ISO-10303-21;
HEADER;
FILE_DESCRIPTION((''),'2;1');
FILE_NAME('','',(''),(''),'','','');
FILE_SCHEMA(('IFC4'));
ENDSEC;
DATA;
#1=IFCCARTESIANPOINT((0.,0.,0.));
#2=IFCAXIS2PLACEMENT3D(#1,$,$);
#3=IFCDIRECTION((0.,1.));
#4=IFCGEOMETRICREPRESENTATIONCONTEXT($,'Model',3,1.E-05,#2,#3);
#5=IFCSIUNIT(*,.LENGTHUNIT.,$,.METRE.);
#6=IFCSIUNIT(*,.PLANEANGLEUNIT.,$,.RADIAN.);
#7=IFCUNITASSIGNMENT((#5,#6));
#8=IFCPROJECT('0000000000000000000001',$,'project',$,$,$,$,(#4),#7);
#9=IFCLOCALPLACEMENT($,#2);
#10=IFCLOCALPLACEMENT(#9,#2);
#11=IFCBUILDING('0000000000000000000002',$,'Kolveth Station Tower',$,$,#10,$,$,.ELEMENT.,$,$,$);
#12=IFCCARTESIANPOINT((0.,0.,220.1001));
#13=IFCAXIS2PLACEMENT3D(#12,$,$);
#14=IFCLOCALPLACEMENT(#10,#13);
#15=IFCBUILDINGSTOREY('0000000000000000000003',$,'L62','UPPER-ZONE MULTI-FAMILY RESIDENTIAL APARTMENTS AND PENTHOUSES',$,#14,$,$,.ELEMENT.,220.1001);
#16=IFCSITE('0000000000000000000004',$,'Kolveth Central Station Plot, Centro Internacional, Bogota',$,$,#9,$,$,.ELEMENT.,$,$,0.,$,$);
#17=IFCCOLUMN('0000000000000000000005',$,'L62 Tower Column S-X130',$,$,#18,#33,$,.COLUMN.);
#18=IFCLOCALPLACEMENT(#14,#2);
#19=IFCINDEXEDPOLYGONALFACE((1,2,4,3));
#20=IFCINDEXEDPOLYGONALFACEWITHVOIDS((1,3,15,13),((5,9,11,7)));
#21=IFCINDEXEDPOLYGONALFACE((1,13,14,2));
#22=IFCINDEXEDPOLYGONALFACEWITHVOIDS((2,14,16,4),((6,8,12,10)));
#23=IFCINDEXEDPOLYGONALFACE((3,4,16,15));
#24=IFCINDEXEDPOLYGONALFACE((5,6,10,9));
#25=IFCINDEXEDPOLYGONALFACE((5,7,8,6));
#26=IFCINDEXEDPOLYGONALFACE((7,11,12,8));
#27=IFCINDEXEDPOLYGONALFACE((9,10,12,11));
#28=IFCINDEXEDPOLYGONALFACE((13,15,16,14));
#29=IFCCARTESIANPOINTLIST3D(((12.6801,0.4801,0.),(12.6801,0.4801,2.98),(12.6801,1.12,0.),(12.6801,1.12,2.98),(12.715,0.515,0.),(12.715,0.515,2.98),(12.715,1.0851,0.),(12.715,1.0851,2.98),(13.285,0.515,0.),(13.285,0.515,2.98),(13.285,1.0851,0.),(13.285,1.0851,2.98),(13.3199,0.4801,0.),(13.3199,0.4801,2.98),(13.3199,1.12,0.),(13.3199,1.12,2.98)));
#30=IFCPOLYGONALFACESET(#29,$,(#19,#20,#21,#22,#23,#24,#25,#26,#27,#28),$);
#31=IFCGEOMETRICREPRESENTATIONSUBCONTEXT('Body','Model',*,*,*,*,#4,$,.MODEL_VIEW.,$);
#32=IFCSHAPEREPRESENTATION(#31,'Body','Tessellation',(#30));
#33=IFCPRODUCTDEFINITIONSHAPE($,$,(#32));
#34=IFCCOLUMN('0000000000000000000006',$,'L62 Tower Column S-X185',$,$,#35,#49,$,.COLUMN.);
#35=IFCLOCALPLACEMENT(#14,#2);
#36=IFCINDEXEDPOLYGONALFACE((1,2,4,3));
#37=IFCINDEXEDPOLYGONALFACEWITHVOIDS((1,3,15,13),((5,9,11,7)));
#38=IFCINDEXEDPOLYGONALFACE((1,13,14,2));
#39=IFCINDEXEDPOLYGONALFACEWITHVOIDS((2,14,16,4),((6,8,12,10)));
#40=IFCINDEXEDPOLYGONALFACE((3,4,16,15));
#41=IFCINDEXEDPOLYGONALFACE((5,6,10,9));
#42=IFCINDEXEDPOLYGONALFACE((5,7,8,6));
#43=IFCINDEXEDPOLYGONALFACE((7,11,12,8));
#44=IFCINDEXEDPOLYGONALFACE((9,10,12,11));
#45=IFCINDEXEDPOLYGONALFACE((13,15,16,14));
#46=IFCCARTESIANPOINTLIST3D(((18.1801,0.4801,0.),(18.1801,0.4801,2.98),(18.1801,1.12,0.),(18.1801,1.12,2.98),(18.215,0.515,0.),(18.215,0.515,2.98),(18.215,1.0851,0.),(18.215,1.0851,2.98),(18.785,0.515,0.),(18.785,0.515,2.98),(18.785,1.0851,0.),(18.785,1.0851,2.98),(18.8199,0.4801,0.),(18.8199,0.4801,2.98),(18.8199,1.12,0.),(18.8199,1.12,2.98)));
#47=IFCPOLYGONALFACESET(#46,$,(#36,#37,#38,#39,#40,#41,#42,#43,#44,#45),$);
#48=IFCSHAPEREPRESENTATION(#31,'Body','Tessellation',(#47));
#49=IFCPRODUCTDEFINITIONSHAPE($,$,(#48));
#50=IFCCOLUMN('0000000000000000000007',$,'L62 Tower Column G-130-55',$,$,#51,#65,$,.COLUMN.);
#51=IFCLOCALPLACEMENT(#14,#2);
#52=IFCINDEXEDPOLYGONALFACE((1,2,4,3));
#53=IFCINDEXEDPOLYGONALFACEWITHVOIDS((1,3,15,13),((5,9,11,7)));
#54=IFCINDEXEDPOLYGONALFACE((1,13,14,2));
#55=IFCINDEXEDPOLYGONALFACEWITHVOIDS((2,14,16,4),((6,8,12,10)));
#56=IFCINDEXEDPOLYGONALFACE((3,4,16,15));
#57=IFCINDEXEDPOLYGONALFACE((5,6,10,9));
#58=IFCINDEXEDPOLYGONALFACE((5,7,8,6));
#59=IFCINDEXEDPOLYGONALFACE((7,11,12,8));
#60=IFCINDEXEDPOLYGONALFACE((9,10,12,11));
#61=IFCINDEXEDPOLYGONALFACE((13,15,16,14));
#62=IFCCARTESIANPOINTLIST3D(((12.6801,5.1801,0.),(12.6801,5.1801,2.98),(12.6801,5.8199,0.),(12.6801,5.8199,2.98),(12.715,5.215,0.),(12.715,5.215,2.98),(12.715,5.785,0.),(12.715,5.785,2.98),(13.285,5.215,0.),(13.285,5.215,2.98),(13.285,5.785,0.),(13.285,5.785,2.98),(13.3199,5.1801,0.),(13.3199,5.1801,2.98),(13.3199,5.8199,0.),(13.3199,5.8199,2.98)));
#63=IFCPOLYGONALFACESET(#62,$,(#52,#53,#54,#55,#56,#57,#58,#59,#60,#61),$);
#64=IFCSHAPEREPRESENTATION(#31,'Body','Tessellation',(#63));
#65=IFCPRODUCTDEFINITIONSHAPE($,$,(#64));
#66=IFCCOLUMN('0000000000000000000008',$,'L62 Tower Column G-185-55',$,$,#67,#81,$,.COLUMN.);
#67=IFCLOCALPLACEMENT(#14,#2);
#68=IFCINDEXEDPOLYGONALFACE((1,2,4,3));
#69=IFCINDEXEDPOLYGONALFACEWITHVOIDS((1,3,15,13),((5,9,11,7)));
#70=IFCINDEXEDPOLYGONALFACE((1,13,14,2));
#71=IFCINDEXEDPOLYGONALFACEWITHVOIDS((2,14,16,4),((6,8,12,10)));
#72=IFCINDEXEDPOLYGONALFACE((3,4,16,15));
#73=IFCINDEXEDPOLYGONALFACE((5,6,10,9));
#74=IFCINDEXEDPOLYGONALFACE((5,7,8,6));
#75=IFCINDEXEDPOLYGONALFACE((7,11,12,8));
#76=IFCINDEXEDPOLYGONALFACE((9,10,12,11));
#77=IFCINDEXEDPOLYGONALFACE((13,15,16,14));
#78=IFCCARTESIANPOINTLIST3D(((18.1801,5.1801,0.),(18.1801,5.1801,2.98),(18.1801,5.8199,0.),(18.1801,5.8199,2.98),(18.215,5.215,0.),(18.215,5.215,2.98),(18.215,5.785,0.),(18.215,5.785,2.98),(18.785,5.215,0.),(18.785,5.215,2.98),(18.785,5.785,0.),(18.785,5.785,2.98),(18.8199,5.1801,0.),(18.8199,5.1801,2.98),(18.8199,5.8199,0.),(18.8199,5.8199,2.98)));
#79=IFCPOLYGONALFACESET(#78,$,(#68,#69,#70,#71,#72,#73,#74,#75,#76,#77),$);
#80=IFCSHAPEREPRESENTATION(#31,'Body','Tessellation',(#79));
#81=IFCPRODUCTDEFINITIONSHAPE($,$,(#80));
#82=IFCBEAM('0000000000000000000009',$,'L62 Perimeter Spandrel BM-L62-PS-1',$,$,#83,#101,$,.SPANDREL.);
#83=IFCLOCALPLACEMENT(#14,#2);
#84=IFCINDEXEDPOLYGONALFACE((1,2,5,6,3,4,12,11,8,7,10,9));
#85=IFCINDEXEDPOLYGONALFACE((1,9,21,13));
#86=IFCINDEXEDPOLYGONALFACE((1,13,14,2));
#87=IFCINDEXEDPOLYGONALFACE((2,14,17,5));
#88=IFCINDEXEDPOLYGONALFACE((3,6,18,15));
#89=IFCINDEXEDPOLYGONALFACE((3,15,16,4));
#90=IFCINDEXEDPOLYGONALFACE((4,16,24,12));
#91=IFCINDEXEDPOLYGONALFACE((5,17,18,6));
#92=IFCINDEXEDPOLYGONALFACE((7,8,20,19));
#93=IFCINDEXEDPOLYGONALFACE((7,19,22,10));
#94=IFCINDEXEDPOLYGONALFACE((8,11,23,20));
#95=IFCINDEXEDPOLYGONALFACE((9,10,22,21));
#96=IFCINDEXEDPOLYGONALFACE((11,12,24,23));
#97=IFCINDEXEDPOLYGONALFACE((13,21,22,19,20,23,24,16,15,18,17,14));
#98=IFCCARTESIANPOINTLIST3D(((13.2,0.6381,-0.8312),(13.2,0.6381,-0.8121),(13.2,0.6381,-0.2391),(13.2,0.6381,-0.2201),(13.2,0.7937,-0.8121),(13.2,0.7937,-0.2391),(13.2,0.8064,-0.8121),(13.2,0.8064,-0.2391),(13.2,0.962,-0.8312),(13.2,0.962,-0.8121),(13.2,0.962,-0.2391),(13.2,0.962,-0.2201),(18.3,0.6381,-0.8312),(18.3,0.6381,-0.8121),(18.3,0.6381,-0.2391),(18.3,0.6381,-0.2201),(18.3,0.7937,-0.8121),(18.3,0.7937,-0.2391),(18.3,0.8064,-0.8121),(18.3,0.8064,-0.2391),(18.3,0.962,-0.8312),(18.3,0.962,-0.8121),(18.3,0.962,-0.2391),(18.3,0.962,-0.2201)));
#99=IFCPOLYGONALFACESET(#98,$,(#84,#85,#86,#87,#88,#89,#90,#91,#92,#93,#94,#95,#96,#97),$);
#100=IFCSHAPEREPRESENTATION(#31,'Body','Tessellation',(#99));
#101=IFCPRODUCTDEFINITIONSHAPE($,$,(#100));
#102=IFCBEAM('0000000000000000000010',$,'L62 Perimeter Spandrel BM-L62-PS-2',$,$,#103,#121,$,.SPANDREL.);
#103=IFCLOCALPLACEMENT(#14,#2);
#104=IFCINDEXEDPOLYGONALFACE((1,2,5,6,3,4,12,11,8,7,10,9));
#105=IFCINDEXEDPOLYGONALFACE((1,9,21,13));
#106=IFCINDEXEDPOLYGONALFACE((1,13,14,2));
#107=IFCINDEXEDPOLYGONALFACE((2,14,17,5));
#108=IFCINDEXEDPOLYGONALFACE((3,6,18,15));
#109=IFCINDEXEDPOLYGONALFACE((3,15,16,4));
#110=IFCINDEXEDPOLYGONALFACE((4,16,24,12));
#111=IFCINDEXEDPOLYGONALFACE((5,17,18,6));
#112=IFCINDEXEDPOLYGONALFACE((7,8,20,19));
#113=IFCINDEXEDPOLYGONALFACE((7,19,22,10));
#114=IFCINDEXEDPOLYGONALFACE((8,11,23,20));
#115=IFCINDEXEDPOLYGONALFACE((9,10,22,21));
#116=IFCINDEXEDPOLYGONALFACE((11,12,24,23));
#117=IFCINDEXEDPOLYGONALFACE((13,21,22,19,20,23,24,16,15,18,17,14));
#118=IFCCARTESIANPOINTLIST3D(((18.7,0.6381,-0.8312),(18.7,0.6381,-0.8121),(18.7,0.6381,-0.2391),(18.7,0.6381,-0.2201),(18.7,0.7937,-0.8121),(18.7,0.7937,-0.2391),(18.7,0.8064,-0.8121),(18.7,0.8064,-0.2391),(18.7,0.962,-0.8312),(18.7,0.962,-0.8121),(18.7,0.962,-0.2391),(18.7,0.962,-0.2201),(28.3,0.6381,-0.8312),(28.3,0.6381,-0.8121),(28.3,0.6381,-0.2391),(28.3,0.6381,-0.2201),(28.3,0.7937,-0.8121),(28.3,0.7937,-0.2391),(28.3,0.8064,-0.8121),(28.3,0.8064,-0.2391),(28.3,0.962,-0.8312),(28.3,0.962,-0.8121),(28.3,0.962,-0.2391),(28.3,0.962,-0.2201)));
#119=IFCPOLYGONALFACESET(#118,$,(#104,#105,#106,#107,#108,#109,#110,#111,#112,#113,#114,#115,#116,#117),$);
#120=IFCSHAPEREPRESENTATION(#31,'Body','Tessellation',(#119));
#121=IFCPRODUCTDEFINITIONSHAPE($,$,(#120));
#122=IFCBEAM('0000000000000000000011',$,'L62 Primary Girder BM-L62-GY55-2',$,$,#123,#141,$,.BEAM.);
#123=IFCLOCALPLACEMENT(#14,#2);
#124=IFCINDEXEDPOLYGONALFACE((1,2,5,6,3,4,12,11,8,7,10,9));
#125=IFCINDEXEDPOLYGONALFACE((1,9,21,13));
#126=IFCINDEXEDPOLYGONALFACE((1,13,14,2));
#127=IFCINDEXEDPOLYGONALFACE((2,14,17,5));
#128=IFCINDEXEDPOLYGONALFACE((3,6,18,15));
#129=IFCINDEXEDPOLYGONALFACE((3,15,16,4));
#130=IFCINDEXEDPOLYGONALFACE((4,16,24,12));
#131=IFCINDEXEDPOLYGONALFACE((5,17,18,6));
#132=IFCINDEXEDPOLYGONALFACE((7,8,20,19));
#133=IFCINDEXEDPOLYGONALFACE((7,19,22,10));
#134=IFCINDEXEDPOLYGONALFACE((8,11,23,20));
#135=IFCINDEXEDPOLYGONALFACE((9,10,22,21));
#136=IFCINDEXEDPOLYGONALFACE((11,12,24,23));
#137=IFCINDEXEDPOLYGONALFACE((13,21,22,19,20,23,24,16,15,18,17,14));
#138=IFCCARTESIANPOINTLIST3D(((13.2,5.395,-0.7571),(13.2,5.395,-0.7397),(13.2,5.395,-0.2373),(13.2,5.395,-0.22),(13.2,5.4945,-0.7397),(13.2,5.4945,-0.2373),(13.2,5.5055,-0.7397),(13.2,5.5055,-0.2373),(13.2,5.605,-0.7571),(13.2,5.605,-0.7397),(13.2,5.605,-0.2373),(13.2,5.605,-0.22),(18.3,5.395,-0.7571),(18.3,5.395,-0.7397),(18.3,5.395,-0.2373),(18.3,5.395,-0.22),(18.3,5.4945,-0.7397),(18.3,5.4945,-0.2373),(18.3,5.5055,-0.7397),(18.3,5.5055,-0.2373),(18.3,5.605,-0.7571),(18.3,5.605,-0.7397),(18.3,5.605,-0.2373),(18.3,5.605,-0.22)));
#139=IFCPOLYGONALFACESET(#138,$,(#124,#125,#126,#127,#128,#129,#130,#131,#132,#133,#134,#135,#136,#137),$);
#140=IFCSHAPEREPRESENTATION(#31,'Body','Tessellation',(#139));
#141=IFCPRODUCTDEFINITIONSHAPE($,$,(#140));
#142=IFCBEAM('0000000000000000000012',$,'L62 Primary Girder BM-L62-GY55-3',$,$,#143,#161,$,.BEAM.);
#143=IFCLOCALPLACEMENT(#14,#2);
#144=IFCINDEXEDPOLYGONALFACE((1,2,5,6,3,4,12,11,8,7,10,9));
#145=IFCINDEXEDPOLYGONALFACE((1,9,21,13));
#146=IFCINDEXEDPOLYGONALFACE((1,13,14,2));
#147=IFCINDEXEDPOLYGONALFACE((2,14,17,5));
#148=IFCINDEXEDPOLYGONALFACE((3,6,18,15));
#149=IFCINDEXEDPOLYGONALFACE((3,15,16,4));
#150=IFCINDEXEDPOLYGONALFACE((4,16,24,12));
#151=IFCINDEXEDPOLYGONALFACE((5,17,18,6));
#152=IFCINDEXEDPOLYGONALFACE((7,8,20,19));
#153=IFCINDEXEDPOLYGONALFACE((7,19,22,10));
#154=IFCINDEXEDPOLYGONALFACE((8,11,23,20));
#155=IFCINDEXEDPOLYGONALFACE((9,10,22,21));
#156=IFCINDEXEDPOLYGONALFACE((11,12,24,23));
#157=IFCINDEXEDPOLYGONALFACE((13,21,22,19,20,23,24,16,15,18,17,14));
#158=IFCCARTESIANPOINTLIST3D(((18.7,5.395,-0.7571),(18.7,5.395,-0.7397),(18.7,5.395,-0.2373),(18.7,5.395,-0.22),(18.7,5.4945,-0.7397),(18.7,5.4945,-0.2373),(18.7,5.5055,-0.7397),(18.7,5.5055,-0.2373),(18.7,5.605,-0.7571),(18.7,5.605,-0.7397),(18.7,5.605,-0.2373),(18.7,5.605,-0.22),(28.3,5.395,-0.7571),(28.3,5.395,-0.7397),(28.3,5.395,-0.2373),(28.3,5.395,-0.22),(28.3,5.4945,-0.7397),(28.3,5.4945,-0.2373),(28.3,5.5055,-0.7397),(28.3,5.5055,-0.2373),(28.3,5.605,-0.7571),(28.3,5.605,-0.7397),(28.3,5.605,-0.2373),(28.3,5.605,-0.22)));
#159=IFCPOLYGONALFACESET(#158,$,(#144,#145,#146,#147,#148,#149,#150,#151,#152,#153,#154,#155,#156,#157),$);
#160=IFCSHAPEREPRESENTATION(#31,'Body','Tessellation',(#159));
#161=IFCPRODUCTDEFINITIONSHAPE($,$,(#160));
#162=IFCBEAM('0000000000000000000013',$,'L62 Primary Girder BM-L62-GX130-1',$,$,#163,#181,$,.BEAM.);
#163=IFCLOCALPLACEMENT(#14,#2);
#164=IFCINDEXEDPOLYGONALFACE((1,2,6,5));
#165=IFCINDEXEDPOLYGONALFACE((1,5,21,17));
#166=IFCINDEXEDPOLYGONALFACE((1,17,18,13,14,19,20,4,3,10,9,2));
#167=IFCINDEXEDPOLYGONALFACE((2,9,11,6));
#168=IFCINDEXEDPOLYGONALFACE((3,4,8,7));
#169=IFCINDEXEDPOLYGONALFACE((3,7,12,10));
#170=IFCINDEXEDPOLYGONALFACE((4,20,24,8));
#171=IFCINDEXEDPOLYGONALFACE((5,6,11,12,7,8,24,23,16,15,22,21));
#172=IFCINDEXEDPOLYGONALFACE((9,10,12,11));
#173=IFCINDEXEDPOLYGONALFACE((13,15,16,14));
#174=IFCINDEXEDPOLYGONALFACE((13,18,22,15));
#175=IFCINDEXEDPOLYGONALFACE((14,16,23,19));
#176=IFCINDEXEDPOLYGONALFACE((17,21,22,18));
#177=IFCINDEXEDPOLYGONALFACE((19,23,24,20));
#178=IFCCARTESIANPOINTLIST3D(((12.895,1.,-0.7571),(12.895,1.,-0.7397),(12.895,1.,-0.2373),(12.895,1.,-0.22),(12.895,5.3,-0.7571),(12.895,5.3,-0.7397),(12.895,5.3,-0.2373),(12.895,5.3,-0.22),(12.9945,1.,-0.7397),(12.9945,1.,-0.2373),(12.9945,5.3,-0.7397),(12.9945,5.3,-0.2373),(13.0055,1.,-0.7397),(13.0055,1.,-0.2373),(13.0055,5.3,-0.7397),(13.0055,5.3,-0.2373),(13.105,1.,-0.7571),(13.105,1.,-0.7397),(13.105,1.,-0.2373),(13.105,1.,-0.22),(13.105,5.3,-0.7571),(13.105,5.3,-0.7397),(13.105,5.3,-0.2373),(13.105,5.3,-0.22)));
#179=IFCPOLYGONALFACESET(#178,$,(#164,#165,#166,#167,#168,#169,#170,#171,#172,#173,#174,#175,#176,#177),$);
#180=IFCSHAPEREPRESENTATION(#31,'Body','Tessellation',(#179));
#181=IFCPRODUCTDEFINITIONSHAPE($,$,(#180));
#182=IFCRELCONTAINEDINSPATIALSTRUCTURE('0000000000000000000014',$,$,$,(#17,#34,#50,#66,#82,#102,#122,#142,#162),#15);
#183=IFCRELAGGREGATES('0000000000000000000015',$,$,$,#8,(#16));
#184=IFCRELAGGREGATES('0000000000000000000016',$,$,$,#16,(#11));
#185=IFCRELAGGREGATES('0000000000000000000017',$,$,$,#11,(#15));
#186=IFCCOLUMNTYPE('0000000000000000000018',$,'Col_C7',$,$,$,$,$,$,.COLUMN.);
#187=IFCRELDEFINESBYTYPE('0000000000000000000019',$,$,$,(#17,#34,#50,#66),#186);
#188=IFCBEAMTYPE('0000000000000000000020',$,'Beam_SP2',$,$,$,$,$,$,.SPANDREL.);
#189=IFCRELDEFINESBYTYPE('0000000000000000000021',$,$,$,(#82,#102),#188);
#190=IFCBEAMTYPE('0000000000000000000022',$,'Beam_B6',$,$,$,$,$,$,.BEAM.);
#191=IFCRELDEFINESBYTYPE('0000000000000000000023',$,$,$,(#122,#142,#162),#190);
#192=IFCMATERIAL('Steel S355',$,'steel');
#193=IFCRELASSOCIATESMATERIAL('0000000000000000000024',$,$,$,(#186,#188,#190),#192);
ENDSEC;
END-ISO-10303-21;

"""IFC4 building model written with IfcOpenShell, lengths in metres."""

from ifc_helpers import new_model, si_unit, direction, frame, origin, origin_2d, place, context, subcontext, project, spatial, hollow_rectangle, i_section, extrude, source, transform, mapped, material, material_profile, profile_set, type_object, element, save


model = new_model("IFC4")

# Units and contexts
model_context = context("Model", 3, precision=1e-05, world=origin(), true_north=direction((0.0, 1.0)))
body_context = subcontext(model_context, "Body", "Model", "MODEL_VIEW")
ifc_project = project(units=[si_unit("LENGTHUNIT", "METRE"), si_unit("PLANEANGLEUNIT", "RADIAN")], contexts=[model_context])

# Site, building, storey
site_placement = place(None, origin())
site = spatial("IfcSite", under=ifc_project, at=site_placement, Name="Kolveth Central Station Plot, Centro Internacional, Bogota", CompositionType="ELEMENT", RefElevation=0.0)
building_placement = place(site_placement, origin())
building = spatial("IfcBuilding", under=site, at=building_placement, Name="Kolveth Station Tower", CompositionType="ELEMENT")
storey_placement = place(building_placement, frame((0.0, 0.0, 220.1001)))
storey = spatial("IfcBuildingStorey", under=building, at=storey_placement, Name="L62", Description="UPPER-ZONE MULTI-FAMILY RESIDENTIAL APARTMENTS AND PENTHOUSES", CompositionType="ELEMENT", Elevation=220.1001)

# Columns
ifc_material_1 = material(Name="Steel S355", Category="steel")
ifc_material_profile_1 = material_profile(ifc_material_1, hollow_rectangle(XDim=0.6399, YDim=0.6399, WallThickness=0.0349, at=origin_2d()), Name="BOX640x640x35")
ifc_profile_set_1 = profile_set([ifc_material_profile_1], Name="Steel S355")
column_type = type_object("IfcColumnType", Name="Col_C7", PredefinedType="COLUMN", material=ifc_profile_set_1)
shared_shape_1 = source(origin(), body_context, "Body", "SweptSolid", [
    extrude(hollow_rectangle(XDim=0.6399, YDim=0.6399, WallThickness=0.0349, at=origin_2d()), origin(), (0.0, 0.0, 1.0), 2.98),
])
for number, where, z_axis, x_axis, name in (
    (1, (13.0, 0.8, 0.0), (0.0, 0.0, 1.0), (1.0, 0.0, 0.0), "L62 Tower Column S-X130"),
    (2, (18.5, 0.8, 0.0), (0.0, 0.0, 1.0), (1.0, 0.0, 0.0), "L62 Tower Column S-X185"),
    (3, (13.0, 5.5, 0.0), (0.0, 0.0, 1.0), (1.0, 0.0, 0.0), "L62 Tower Column G-130-55"),
    (4, (18.5, 5.5, 0.0), (0.0, 0.0, 1.0), (1.0, 0.0, 0.0), "L62 Tower Column G-185-55"),
):
    element("IfcColumn", number, at=place(storey_placement, frame(where, z_axis=z_axis, x_axis=x_axis)), inside=storey, type_object=column_type, Name=name, PredefinedType="COLUMN", context=body_context, shape_type="MappedRepresentation", body=[
        mapped(shared_shape_1, transform((0.0, 0.0, 0.0), x_axis=(1.0, 0.0, 0.0), y_axis=(0.0, 1.0, 0.0), z_axis=(0.0, 0.0, 1.0), scale=1.0)),
    ])

# Beams
ifc_material_profile_2 = material_profile(ifc_material_1, i_section(OverallWidth=0.324, OverallDepth=0.6111, WebThickness=0.0127, FlangeThickness=0.019, at=origin_2d()), Name="W610x155")
ifc_profile_set_2 = profile_set([ifc_material_profile_2], Name="Steel S355")
beam_type_1 = type_object("IfcBeamType", Name="Beam_SP2", PredefinedType="SPANDREL", material=ifc_profile_set_2)
shared_shape_2 = source(origin(), body_context, "Body", "SweptSolid", [
    extrude(i_section(OverallWidth=0.324, OverallDepth=0.6111, WebThickness=0.0127, FlangeThickness=0.019, at=origin_2d()), origin(), (0.0, 0.0, 1.0), 5.1001),
])
beam_1_placement = place(storey_placement, frame((13.2, 0.8, -0.5256), z_axis=(1.0, 0.0, 0.0), x_axis=(0.0, 1.0, 0.0)))
element("IfcBeam", 5, at=beam_1_placement, inside=storey, type_object=beam_type_1, Name="L62 Perimeter Spandrel BM-L62-PS-1", PredefinedType="SPANDREL", context=body_context, shape_type="MappedRepresentation", body=[
    mapped(shared_shape_2, transform((0.0, 0.0, 0.0), x_axis=(1.0, 0.0, 0.0), y_axis=(0.0, 1.0, 0.0), z_axis=(0.0, 0.0, 1.0), scale=1.0)),
])
shared_shape_3 = source(origin(), body_context, "Body", "SweptSolid", [
    extrude(i_section(OverallWidth=0.324, OverallDepth=0.6111, WebThickness=0.0127, FlangeThickness=0.019, at=origin_2d()), origin(), (0.0, 0.0, 1.0), 9.6001),
])
beam_2_placement = place(storey_placement, frame((18.7, 0.8, -0.5256), z_axis=(1.0, 0.0, 0.0), x_axis=(0.0, 1.0, 0.0)))
element("IfcBeam", 6, at=beam_2_placement, inside=storey, type_object=beam_type_1, Name="L62 Perimeter Spandrel BM-L62-PS-2", PredefinedType="SPANDREL", context=body_context, shape_type="MappedRepresentation", body=[
    mapped(shared_shape_3, transform((0.0, 0.0, 0.0), x_axis=(1.0, 0.0, 0.0), y_axis=(0.0, 1.0, 0.0), z_axis=(0.0, 0.0, 1.0), scale=1.0)),
])
ifc_material_profile_3 = material_profile(ifc_material_1, i_section(OverallWidth=0.21, OverallDepth=0.5371, WebThickness=0.011, FlangeThickness=0.0173, at=origin_2d()), Name="W530x101")
ifc_profile_set_3 = profile_set([ifc_material_profile_3], Name="Steel S355")
beam_type_2 = type_object("IfcBeamType", Name="Beam_B6", PredefinedType="BEAM", material=ifc_profile_set_3)
shared_shape_4 = source(origin(), body_context, "Body", "SweptSolid", [
    extrude(i_section(OverallWidth=0.21, OverallDepth=0.5371, WebThickness=0.011, FlangeThickness=0.0173, at=origin_2d()), origin(), (0.0, 0.0, 1.0), 5.1001),
])
beam_3_placement = place(storey_placement, frame((13.2, 5.5, -0.4885), z_axis=(1.0, 0.0, 0.0), x_axis=(0.0, 1.0, 0.0)))
element("IfcBeam", 7, at=beam_3_placement, inside=storey, type_object=beam_type_2, Name="L62 Primary Girder BM-L62-GY55-2", PredefinedType="BEAM", context=body_context, shape_type="MappedRepresentation", body=[
    mapped(shared_shape_4, transform((0.0, 0.0, 0.0), x_axis=(1.0, 0.0, 0.0), y_axis=(0.0, 1.0, 0.0), z_axis=(0.0, 0.0, 1.0), scale=1.0)),
])
shared_shape_5 = source(origin(), body_context, "Body", "SweptSolid", [
    extrude(i_section(OverallWidth=0.21, OverallDepth=0.5371, WebThickness=0.011, FlangeThickness=0.0173, at=origin_2d()), origin(), (0.0, 0.0, 1.0), 9.6001),
])
beam_4_placement = place(storey_placement, frame((18.7, 5.5, -0.4885), z_axis=(1.0, 0.0, 0.0), x_axis=(0.0, 1.0, 0.0)))
element("IfcBeam", 8, at=beam_4_placement, inside=storey, type_object=beam_type_2, Name="L62 Primary Girder BM-L62-GY55-3", PredefinedType="BEAM", context=body_context, shape_type="MappedRepresentation", body=[
    mapped(shared_shape_5, transform((0.0, 0.0, 0.0), x_axis=(1.0, 0.0, 0.0), y_axis=(0.0, 1.0, 0.0), z_axis=(0.0, 0.0, 1.0), scale=1.0)),
])
shared_shape_6 = source(origin(), body_context, "Body", "SweptSolid", [
    extrude(i_section(OverallWidth=0.21, OverallDepth=0.5371, WebThickness=0.011, FlangeThickness=0.0173, at=origin_2d()), origin(), (0.0, 0.0, 1.0), 4.3),
])
for number, where, z_axis, x_axis, name in (
    (9, (13.0, 1.0, -0.4885), (0.0, 1.0, 0.0), (-1.0, 0.0, 0.0), "L62 Primary Girder BM-L62-GX130-1"),
):
    element("IfcBeam", number, at=place(storey_placement, frame(where, z_axis=z_axis, x_axis=x_axis)), inside=storey, type_object=beam_type_2, Name=name, PredefinedType="BEAM", context=body_context, shape_type="MappedRepresentation", body=[
        mapped(shared_shape_6, transform((0.0, 0.0, 0.0), x_axis=(1.0, 0.0, 0.0), y_axis=(0.0, 1.0, 0.0), z_axis=(0.0, 0.0, 1.0), scale=1.0)),
    ])

save(model, "model.ifc")
